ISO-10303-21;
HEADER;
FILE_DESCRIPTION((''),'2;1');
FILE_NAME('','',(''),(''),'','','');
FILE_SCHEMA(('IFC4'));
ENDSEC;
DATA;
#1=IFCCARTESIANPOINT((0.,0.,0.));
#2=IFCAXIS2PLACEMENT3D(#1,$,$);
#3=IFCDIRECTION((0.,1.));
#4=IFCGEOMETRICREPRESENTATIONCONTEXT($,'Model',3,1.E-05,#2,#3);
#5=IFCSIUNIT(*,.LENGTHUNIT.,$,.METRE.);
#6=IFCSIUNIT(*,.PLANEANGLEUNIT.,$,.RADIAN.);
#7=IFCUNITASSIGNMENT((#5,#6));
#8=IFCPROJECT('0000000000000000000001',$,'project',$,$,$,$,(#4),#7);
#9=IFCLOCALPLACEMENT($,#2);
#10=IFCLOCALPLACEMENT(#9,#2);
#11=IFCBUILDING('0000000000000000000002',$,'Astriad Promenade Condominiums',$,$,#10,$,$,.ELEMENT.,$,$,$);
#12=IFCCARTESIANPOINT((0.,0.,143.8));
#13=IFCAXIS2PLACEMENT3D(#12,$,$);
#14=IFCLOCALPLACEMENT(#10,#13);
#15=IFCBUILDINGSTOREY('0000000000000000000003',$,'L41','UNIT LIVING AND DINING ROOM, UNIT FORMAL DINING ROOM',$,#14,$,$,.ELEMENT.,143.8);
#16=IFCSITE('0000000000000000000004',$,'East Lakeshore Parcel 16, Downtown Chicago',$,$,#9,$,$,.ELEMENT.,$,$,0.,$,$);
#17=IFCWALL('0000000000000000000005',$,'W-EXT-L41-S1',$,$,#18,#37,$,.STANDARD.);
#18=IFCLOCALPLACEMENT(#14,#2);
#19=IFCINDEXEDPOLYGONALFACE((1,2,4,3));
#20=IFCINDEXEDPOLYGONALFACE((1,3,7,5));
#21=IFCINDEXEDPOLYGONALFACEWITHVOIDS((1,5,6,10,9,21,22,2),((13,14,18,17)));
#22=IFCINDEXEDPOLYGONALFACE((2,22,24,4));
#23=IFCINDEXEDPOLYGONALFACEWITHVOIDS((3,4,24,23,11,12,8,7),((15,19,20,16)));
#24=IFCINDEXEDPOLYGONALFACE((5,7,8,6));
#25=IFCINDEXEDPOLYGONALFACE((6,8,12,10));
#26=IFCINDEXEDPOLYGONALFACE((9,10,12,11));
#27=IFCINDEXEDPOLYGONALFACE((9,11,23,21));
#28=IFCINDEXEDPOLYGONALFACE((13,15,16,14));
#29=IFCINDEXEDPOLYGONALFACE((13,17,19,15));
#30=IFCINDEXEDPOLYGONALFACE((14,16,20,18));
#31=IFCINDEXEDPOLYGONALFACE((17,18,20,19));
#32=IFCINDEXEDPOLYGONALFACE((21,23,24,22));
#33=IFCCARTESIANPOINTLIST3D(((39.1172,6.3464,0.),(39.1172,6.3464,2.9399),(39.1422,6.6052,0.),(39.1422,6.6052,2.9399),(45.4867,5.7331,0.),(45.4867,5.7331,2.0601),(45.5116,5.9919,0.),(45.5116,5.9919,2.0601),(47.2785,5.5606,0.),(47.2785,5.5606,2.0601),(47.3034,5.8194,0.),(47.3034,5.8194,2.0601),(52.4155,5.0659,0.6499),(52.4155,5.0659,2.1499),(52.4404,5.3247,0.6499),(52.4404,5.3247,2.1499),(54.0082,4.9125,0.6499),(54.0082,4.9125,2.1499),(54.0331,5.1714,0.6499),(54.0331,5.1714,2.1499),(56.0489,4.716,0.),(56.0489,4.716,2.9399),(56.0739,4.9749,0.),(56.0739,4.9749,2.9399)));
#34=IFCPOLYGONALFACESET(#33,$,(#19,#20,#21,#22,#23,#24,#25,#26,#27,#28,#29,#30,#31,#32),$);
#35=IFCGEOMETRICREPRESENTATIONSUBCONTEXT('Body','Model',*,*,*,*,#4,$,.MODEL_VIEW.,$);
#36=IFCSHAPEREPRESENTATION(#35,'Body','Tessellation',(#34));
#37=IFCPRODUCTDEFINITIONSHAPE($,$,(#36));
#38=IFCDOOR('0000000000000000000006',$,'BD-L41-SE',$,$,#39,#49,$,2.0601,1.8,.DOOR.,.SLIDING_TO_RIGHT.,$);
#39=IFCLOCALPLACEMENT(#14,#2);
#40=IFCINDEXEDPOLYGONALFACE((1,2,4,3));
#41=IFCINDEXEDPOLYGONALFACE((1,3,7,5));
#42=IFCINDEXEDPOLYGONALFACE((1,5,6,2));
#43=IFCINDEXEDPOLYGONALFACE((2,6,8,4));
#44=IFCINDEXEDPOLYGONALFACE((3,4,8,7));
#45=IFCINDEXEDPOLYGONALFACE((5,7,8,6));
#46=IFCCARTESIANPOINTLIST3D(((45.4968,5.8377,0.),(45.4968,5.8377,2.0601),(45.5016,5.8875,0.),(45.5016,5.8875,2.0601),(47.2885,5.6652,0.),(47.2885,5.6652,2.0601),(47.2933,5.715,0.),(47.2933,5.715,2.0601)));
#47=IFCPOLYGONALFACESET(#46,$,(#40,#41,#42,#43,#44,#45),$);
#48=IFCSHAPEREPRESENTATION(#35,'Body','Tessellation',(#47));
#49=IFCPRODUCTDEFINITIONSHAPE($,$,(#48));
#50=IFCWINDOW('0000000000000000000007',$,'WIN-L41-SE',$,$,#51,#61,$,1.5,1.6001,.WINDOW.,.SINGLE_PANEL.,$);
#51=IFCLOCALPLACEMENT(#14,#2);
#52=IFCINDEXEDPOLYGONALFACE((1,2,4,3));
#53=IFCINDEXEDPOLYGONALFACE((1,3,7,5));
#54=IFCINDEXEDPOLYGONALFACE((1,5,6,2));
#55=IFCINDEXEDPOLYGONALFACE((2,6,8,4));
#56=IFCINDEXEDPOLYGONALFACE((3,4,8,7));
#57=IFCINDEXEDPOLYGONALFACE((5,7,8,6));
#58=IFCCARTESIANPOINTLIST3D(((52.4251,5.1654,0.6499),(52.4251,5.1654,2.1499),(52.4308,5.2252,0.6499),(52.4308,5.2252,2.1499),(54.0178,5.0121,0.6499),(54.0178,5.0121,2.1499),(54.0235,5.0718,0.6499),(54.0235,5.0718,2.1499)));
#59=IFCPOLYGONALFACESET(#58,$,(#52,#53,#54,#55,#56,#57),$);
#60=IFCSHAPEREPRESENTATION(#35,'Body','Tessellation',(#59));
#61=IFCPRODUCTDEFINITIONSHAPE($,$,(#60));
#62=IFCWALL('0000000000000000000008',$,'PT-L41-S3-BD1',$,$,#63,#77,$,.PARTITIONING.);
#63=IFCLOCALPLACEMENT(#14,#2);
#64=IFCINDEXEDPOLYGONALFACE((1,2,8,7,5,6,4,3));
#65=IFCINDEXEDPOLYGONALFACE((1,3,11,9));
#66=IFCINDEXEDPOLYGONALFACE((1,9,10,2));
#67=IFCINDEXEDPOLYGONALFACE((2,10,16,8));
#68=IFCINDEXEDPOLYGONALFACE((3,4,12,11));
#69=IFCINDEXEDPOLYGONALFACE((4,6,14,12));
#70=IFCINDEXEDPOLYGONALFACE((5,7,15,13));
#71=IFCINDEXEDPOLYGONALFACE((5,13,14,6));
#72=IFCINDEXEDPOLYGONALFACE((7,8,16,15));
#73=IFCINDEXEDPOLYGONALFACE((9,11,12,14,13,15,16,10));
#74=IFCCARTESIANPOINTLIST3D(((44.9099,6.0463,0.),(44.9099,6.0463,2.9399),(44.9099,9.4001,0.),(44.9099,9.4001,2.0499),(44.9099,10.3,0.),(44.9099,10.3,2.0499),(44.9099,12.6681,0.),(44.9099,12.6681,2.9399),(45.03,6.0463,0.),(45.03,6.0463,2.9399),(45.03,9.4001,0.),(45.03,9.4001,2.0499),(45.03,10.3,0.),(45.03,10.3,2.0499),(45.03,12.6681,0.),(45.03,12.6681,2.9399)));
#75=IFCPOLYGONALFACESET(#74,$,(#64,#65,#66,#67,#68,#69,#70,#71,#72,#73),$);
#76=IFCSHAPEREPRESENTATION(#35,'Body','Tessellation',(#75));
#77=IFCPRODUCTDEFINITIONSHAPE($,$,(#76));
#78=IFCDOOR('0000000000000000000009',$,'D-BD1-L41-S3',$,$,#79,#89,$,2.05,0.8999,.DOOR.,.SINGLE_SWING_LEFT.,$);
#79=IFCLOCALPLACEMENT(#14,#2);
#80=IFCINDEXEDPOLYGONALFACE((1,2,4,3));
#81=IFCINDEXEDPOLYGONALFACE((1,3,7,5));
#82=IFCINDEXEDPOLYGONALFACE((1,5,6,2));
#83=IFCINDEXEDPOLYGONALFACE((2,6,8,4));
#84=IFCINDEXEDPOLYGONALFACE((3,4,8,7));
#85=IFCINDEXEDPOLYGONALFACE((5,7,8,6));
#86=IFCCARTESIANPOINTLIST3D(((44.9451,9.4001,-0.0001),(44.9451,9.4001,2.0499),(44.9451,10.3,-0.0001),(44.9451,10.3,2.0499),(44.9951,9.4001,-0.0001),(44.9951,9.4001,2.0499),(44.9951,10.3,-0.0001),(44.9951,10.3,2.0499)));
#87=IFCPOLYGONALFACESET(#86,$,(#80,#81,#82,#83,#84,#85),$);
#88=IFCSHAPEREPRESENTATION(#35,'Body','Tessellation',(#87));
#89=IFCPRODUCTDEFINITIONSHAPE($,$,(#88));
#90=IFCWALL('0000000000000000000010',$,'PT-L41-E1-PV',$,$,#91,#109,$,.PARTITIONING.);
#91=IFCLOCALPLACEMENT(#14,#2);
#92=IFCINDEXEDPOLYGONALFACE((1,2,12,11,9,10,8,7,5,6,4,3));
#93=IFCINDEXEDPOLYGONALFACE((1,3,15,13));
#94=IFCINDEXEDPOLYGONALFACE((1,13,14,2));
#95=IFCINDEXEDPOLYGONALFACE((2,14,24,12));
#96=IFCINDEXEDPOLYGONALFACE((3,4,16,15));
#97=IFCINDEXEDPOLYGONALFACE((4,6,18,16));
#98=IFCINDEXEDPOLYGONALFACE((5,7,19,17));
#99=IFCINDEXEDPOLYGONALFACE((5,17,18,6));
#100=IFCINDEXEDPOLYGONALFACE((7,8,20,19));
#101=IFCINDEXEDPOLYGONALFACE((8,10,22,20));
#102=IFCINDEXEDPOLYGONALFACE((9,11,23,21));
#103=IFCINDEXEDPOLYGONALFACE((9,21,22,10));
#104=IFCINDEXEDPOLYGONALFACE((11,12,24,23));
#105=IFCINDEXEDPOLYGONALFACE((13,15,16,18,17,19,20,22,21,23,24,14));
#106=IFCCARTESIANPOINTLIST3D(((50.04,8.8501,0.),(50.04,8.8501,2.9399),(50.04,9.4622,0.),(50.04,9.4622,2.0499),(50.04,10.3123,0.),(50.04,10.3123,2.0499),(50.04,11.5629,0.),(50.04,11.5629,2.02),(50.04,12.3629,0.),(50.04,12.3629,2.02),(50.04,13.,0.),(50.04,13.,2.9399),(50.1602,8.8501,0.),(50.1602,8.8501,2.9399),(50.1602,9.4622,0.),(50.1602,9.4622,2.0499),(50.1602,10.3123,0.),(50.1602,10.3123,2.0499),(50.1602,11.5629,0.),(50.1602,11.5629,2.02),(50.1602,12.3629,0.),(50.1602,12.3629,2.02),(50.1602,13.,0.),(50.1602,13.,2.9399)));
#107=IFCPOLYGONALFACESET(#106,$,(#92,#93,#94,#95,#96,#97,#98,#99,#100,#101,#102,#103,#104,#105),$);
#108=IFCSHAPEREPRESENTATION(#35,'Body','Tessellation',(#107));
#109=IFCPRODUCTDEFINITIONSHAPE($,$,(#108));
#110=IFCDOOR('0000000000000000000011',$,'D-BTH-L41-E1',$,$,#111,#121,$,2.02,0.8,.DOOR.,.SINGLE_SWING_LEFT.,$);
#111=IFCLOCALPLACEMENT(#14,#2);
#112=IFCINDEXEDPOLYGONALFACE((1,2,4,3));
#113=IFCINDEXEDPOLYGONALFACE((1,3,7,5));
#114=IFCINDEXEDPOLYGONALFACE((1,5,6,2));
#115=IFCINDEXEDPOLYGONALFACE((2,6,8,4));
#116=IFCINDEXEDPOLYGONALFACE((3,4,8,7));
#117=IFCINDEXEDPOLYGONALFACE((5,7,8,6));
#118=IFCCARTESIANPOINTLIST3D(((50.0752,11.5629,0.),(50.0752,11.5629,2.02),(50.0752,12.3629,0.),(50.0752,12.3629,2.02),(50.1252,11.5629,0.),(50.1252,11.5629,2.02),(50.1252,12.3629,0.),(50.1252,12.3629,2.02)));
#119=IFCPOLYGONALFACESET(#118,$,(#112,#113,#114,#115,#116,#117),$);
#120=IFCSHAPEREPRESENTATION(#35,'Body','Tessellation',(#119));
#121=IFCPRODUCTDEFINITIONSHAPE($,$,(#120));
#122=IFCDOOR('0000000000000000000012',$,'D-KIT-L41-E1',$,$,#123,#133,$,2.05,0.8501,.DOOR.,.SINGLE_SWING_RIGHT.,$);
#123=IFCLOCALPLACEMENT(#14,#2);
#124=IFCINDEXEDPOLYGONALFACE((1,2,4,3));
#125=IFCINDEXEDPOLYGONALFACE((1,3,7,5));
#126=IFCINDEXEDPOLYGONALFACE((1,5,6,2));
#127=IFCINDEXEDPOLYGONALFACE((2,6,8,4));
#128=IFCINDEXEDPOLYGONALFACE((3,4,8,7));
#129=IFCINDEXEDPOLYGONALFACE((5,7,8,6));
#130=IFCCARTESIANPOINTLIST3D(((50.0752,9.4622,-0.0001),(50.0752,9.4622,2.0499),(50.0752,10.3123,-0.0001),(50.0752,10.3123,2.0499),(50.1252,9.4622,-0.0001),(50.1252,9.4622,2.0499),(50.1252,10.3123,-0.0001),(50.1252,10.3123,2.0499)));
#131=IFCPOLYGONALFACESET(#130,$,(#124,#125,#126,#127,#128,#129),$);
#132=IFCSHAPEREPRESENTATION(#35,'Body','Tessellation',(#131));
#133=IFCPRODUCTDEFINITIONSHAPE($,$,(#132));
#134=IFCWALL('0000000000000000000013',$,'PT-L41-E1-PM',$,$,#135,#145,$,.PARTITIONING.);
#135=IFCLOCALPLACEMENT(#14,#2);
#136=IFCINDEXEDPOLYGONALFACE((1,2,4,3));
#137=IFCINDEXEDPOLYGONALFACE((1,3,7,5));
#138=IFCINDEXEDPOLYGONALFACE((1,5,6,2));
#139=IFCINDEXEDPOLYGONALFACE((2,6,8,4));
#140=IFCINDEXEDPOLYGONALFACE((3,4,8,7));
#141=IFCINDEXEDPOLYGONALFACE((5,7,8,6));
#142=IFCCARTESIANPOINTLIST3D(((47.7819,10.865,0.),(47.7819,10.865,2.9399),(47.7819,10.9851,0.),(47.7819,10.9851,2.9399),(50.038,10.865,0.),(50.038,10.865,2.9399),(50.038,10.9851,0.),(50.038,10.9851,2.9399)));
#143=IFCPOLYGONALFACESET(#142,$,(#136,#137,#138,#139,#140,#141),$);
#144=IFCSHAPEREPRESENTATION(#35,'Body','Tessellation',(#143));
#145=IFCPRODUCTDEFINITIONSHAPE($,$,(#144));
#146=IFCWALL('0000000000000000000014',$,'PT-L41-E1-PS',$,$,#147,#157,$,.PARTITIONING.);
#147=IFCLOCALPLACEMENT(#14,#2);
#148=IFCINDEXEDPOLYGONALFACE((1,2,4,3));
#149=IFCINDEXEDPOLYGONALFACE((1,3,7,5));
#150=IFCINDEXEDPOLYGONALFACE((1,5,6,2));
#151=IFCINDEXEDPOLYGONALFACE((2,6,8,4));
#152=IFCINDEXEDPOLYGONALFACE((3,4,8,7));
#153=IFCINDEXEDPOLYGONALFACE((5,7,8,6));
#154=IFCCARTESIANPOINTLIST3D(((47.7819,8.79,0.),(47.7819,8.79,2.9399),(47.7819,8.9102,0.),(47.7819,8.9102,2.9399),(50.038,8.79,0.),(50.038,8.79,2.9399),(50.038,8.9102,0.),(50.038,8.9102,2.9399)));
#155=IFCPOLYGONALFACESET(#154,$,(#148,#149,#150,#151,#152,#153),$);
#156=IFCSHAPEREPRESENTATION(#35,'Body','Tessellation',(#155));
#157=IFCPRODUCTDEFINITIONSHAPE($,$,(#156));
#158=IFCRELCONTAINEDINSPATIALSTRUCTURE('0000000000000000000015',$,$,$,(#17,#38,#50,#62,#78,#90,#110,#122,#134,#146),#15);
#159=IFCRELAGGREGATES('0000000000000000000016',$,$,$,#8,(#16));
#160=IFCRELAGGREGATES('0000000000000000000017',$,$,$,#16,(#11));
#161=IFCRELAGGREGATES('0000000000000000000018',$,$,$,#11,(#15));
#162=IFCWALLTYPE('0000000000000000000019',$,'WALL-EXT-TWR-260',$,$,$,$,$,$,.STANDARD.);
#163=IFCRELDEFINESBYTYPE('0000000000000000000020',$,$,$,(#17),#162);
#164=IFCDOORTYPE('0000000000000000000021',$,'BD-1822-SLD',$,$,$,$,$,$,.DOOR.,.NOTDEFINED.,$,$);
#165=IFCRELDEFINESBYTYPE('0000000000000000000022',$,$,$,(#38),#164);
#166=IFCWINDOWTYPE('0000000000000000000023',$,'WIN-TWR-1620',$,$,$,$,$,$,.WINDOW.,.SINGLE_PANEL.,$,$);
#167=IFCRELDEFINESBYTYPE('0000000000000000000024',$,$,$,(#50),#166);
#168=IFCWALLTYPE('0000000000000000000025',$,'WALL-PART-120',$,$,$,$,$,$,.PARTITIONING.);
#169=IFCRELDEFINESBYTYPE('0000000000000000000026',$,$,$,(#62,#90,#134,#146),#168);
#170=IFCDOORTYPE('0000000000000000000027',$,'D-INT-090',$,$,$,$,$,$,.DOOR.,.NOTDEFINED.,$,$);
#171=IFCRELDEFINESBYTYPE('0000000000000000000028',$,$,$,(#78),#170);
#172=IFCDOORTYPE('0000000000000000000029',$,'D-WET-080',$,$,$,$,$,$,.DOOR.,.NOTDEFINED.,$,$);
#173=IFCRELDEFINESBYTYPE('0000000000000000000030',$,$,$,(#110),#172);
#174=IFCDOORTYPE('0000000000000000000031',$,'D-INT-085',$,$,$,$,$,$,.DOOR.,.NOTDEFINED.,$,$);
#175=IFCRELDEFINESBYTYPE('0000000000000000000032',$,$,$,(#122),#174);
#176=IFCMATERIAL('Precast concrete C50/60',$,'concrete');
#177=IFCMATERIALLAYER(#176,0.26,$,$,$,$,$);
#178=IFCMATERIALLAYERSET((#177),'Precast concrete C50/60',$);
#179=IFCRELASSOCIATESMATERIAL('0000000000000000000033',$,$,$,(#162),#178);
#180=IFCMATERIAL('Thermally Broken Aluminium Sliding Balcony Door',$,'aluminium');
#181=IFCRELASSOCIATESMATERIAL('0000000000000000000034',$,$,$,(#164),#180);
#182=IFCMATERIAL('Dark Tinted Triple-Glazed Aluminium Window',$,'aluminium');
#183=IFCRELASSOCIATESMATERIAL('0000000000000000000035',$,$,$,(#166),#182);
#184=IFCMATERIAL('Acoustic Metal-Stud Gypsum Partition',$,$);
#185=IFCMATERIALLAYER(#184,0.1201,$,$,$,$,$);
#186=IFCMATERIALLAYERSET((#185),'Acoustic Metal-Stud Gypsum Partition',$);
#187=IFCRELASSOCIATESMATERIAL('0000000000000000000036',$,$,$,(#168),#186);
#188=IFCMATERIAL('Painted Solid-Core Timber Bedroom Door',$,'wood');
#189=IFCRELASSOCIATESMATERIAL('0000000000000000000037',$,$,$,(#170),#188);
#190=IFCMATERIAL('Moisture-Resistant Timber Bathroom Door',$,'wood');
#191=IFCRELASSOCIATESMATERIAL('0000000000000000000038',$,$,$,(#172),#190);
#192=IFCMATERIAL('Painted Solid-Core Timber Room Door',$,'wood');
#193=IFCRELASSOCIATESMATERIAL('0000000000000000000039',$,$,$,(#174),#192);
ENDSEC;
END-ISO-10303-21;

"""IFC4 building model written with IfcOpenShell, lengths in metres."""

from ifc_helpers import new_model, si_unit, direction, frame, frame_2d, origin, place, context, subcontext, project, spatial, rectangle, extrude, source, transform, mapped, material, layer, layer_set, type_object, type_shapes, element, fill, save


model = new_model("IFC4")

# Units and contexts
model_context = context("Model", 3, precision=1e-05, world=origin(), true_north=direction((0.0, 1.0)))
body_context = subcontext(model_context, "Body", "Model", "MODEL_VIEW")
ifc_project = project(units=[si_unit("LENGTHUNIT", "METRE"), si_unit("PLANEANGLEUNIT", "RADIAN")], contexts=[model_context])

# Site, building, storey
site_placement = place(None, origin())
site = spatial("IfcSite", under=ifc_project, at=site_placement, Name="East Lakeshore Parcel 16, Downtown Chicago", CompositionType="ELEMENT", RefElevation=0.0)
building_placement = place(site_placement, origin())
building = spatial("IfcBuilding", under=site, at=building_placement, Name="Astriad Promenade Condominiums", CompositionType="ELEMENT")
storey_placement = place(building_placement, frame((0.0, 0.0, 143.8)))
storey = spatial("IfcBuildingStorey", under=building, at=storey_placement, Name="L41", Description="UNIT LIVING AND DINING ROOM, UNIT FORMAL DINING ROOM", CompositionType="ELEMENT", Elevation=143.8)

# Shared definitions
ifc_material_1 = material(Name="Precast concrete C50/60", Category="concrete")
ifc_layer_1 = layer(ifc_material_1, 0.26)
ifc_layer_set_1 = layer_set([ifc_layer_1], Name="Precast concrete C50/60")
wall_type_1 = type_object("IfcWallType", Name="WALL-EXT-TWR-260", PredefinedType="STANDARD", material=ifc_layer_set_1)

# Wall, openings, door, window
wall_1_placement = place(storey_placement, frame((56.0613, 4.8455, 0.0), z_axis=(0.0, 0.0, 1.0), x_axis=(-0.995396, 0.095848, 0.0)))
wall_1 = element("IfcWall", 1, at=wall_1_placement, inside=storey, type_object=wall_type_1, Name="W-EXT-L41-S1", PredefinedType="STANDARD", context=body_context, shape_type="SweptSolid", body=[
    extrude(rectangle(XDim=17.01, YDim=0.26, at=frame_2d((8.5049, 0.0))), origin(), (0.0, 0.0, 1.0), 2.9399),
])
opening_1_placement = place(wall_1_placement, frame((8.811, 0.0, 0.0)))
opening_1 = element("IfcOpeningElement", 2, at=opening_1_placement, cuts=wall_1, PredefinedType="OPENING", context=body_context, shape_type="SweptSolid", body=[
    extrude(rectangle(XDim=1.8, YDim=2.0601, at=frame_2d((0.8999, 1.03))), frame((0.0, 0.1399, 0.0), z_axis=(0.0, -1.0, 0.0), x_axis=(1.0, 0.0, 0.0)), (0.0, 0.0, 1.0), 0.28),
])
opening_2_placement = place(wall_1_placement, frame((2.05, 0.0, 0.6499)))
opening_2 = element("IfcOpeningElement", 3, at=opening_2_placement, cuts=wall_1, PredefinedType="OPENING", context=body_context, shape_type="SweptSolid", body=[
    extrude(rectangle(XDim=1.6001, YDim=1.5, at=frame_2d((0.8, 0.75))), frame((0.0, 0.1399, 0.0), z_axis=(0.0, -1.0, 0.0), x_axis=(1.0, 0.0, 0.0)), (0.0, 0.0, 1.0), 0.28),
])
ifc_material_2 = material(Name="Thermally Broken Aluminium Sliding Balcony Door", Category="aluminium")
door_type_1 = type_object("IfcDoorType", Name="BD-1822-SLD", OperationType="NOTDEFINED", PredefinedType="DOOR", material=ifc_material_2)
shared_shape_1 = source(origin(), body_context, "Body", "SweptSolid", [
    extrude(rectangle(XDim=1.8, YDim=2.0601, at=frame_2d((0.8999, 1.03))), frame((0.0, 0.0249, 0.0), z_axis=(0.0, -1.0, 0.0), x_axis=(1.0, 0.0, 0.0)), (0.0, 0.0, 1.0), 0.05),
])
type_shapes(door_type_1, [shared_shape_1])
door_1_placement = place(opening_1_placement, origin())
door_1 = element("IfcDoor", 4, at=door_1_placement, inside=storey, type_object=door_type_1, Name="BD-L41-SE", OperationType="SLIDING_TO_RIGHT", OverallHeight=2.0601, OverallWidth=1.8, PredefinedType="DOOR", context=body_context, shape_type="MappedRepresentation", body=[
    mapped(shared_shape_1, transform((0.0, 0.0, 0.0), scale=1.0)),
])
fill(opening_1, door_1)
ifc_material_3 = material(Name="Dark Tinted Triple-Glazed Aluminium Window", Category="aluminium")
window_type = type_object("IfcWindowType", Name="WIN-TWR-1620", PartitioningType="SINGLE_PANEL", PredefinedType="WINDOW", material=ifc_material_3)
shared_shape_2 = source(origin(), body_context, "Body", "SweptSolid", [
    extrude(rectangle(XDim=1.6001, YDim=1.5, at=frame_2d((0.8, 0.75))), frame((0.0, 0.03, 0.0), z_axis=(0.0, -1.0, 0.0), x_axis=(1.0, 0.0, 0.0)), (0.0, 0.0, 1.0), 0.0601),
])
type_shapes(window_type, [shared_shape_2])
window_placement = place(opening_2_placement, origin())
window = element("IfcWindow", 5, at=window_placement, inside=storey, type_object=window_type, Name="WIN-L41-SE", OverallHeight=1.5, OverallWidth=1.6001, PartitioningType="SINGLE_PANEL", PredefinedType="WINDOW", context=body_context, shape_type="MappedRepresentation", body=[
    mapped(shared_shape_2, transform((0.0, 0.0, 0.0), scale=1.0)),
])
fill(opening_2, window)

# Wall, opening, door
ifc_material_4 = material(Name="Acoustic Metal-Stud Gypsum Partition")
ifc_layer_2 = layer(ifc_material_4, 0.1201)
ifc_layer_set_2 = layer_set([ifc_layer_2], Name="Acoustic Metal-Stud Gypsum Partition")
wall_type_2 = type_object("IfcWallType", Name="WALL-PART-120", PredefinedType="PARTITIONING", material=ifc_layer_set_2)
wall_2_placement = place(storey_placement, frame((44.97, 6.0461, 0.0), z_axis=(0.0, 0.0, 1.0), x_axis=(0.0, 1.0, 0.0)))
wall_2 = element("IfcWall", 6, at=wall_2_placement, inside=storey, type_object=wall_type_2, Name="PT-L41-S3-BD1", PredefinedType="PARTITIONING", context=body_context, shape_type="SweptSolid", body=[
    extrude(rectangle(XDim=6.6218, YDim=0.1201, at=frame_2d((3.311, 0.0))), origin(), (0.0, 0.0, 1.0), 2.9399),
])
opening_3_placement = place(wall_2_placement, frame((3.354, 0.0, 0.0)))
opening_3 = element("IfcOpeningElement", 7, at=opening_3_placement, cuts=wall_2, PredefinedType="OPENING", context=body_context, shape_type="SweptSolid", body=[
    extrude(rectangle(XDim=0.8999, YDim=2.05, at=frame_2d((0.45, 1.0249))), frame((0.0, 0.0701, 0.0), z_axis=(0.0, -1.0, 0.0), x_axis=(1.0, 0.0, 0.0)), (0.0, 0.0, 1.0), 0.1401),
])
ifc_material_5 = material(Name="Painted Solid-Core Timber Bedroom Door", Category="wood")
door_type_2 = type_object("IfcDoorType", Name="D-INT-090", OperationType="NOTDEFINED", PredefinedType="DOOR", material=ifc_material_5)
shared_shape_3 = source(origin(), body_context, "Body", "SweptSolid", [
    extrude(rectangle(XDim=0.8999, YDim=2.05, at=frame_2d((0.45, 1.0249))), frame((0.0, 0.0249, 0.0), z_axis=(0.0, -1.0, 0.0), x_axis=(1.0, 0.0, 0.0)), (0.0, 0.0, 1.0), 0.05),
])
type_shapes(door_type_2, [shared_shape_3])
door_2_placement = place(opening_3_placement, origin())
door_2 = element("IfcDoor", 8, at=door_2_placement, inside=storey, type_object=door_type_2, Name="D-BD1-L41-S3", OperationType="SINGLE_SWING_LEFT", OverallHeight=2.05, OverallWidth=0.8999, PredefinedType="DOOR", context=body_context, shape_type="MappedRepresentation", body=[
    mapped(shared_shape_3, transform((0.0, 0.0, 0.0), scale=1.0)),
])
fill(opening_3, door_2)

# Wall, openings, doors
wall_3_placement = place(storey_placement, frame((50.1001, 8.8501, 0.0), z_axis=(0.0, 0.0, 1.0), x_axis=(0.0, 1.0, 0.0)))
wall_3 = element("IfcWall", 9, at=wall_3_placement, inside=storey, type_object=wall_type_2, Name="PT-L41-E1-PV", PredefinedType="PARTITIONING", context=body_context, shape_type="SweptSolid", body=[
    extrude(rectangle(XDim=4.1499, YDim=0.1201, at=frame_2d((2.075, 0.0))), origin(), (0.0, 0.0, 1.0), 2.9399),
])
opening_4_placement = place(wall_3_placement, frame((0.6121, 0.0, 0.0)))
opening_4 = element("IfcOpeningElement", 10, at=opening_4_placement, cuts=wall_3, PredefinedType="OPENING", context=body_context, shape_type="SweptSolid", body=[
    extrude(rectangle(XDim=0.8501, YDim=2.05, at=frame_2d((0.425, 1.0249))), frame((0.0, 0.0701, 0.0), z_axis=(0.0, -1.0, 0.0), x_axis=(1.0, 0.0, 0.0)), (0.0, 0.0, 1.0), 0.1401),
])
opening_5_placement = place(wall_3_placement, frame((2.7129, 0.0, 0.0)))
opening_5 = element("IfcOpeningElement", 11, at=opening_5_placement, cuts=wall_3, PredefinedType="OPENING", context=body_context, shape_type="SweptSolid", body=[
    extrude(rectangle(XDim=0.8, YDim=2.02, at=frame_2d((0.3999, 1.01))), frame((0.0, 0.0701, 0.0), z_axis=(0.0, -1.0, 0.0), x_axis=(1.0, 0.0, 0.0)), (0.0, 0.0, 1.0), 0.1401),
])
ifc_material_6 = material(Name="Moisture-Resistant Timber Bathroom Door", Category="wood")
door_type_3 = type_object("IfcDoorType", Name="D-WET-080", OperationType="NOTDEFINED", PredefinedType="DOOR", material=ifc_material_6)
shared_shape_4 = source(origin(), body_context, "Body", "SweptSolid", [
    extrude(rectangle(XDim=0.8, YDim=2.02, at=frame_2d((0.3999, 1.01))), frame((0.0, 0.0249, 0.0), z_axis=(0.0, -1.0, 0.0), x_axis=(1.0, 0.0, 0.0)), (0.0, 0.0, 1.0), 0.05),
])
type_shapes(door_type_3, [shared_shape_4])
door_3_placement = place(opening_5_placement, origin())
door_3 = element("IfcDoor", 12, at=door_3_placement, inside=storey, type_object=door_type_3, Name="D-BTH-L41-E1", OperationType="SINGLE_SWING_LEFT", OverallHeight=2.02, OverallWidth=0.8, PredefinedType="DOOR", context=body_context, shape_type="MappedRepresentation", body=[
    mapped(shared_shape_4, transform((0.0, 0.0, 0.0), scale=1.0)),
])
fill(opening_5, door_3)
ifc_material_7 = material(Name="Painted Solid-Core Timber Room Door", Category="wood")
door_type_4 = type_object("IfcDoorType", Name="D-INT-085", OperationType="NOTDEFINED", PredefinedType="DOOR", material=ifc_material_7)
shared_shape_5 = source(origin(), body_context, "Body", "SweptSolid", [
    extrude(rectangle(XDim=0.8501, YDim=2.05, at=frame_2d((0.425, 1.0249))), frame((0.0, 0.0249, 0.0), z_axis=(0.0, -1.0, 0.0), x_axis=(1.0, 0.0, 0.0)), (0.0, 0.0, 1.0), 0.05),
])
type_shapes(door_type_4, [shared_shape_5])
door_4_placement = place(opening_4_placement, origin())
door_4 = element("IfcDoor", 13, at=door_4_placement, inside=storey, type_object=door_type_4, Name="D-KIT-L41-E1", OperationType="SINGLE_SWING_RIGHT", OverallHeight=2.05, OverallWidth=0.8501, PredefinedType="DOOR", context=body_context, shape_type="MappedRepresentation", body=[
    mapped(shared_shape_5, transform((0.0, 0.0, 0.0), scale=1.0)),
])
fill(opening_4, door_4)

# Walls
for number, where, z_axis, x_axis, name in (
    (14, (47.782, 10.925, 0.0), (0.0, 0.0, 1.0), (1.0, 0.0, 0.0), "PT-L41-E1-PM"),
    (15, (47.782, 8.8501, 0.0), (0.0, 0.0, 1.0), (1.0, 0.0, 0.0), "PT-L41-E1-PS"),
):
    element("IfcWall", number, at=place(storey_placement, frame(where, z_axis=z_axis, x_axis=x_axis)), inside=storey, type_object=wall_type_2, Name=name, PredefinedType="PARTITIONING", context=body_context, shape_type="SweptSolid", body=[
        extrude(rectangle(XDim=2.2561, YDim=0.1201, at=frame_2d((1.1279, 0.0))), origin(), (0.0, 0.0, 1.0), 2.9399),
    ])

save(model, "model.ifc")
